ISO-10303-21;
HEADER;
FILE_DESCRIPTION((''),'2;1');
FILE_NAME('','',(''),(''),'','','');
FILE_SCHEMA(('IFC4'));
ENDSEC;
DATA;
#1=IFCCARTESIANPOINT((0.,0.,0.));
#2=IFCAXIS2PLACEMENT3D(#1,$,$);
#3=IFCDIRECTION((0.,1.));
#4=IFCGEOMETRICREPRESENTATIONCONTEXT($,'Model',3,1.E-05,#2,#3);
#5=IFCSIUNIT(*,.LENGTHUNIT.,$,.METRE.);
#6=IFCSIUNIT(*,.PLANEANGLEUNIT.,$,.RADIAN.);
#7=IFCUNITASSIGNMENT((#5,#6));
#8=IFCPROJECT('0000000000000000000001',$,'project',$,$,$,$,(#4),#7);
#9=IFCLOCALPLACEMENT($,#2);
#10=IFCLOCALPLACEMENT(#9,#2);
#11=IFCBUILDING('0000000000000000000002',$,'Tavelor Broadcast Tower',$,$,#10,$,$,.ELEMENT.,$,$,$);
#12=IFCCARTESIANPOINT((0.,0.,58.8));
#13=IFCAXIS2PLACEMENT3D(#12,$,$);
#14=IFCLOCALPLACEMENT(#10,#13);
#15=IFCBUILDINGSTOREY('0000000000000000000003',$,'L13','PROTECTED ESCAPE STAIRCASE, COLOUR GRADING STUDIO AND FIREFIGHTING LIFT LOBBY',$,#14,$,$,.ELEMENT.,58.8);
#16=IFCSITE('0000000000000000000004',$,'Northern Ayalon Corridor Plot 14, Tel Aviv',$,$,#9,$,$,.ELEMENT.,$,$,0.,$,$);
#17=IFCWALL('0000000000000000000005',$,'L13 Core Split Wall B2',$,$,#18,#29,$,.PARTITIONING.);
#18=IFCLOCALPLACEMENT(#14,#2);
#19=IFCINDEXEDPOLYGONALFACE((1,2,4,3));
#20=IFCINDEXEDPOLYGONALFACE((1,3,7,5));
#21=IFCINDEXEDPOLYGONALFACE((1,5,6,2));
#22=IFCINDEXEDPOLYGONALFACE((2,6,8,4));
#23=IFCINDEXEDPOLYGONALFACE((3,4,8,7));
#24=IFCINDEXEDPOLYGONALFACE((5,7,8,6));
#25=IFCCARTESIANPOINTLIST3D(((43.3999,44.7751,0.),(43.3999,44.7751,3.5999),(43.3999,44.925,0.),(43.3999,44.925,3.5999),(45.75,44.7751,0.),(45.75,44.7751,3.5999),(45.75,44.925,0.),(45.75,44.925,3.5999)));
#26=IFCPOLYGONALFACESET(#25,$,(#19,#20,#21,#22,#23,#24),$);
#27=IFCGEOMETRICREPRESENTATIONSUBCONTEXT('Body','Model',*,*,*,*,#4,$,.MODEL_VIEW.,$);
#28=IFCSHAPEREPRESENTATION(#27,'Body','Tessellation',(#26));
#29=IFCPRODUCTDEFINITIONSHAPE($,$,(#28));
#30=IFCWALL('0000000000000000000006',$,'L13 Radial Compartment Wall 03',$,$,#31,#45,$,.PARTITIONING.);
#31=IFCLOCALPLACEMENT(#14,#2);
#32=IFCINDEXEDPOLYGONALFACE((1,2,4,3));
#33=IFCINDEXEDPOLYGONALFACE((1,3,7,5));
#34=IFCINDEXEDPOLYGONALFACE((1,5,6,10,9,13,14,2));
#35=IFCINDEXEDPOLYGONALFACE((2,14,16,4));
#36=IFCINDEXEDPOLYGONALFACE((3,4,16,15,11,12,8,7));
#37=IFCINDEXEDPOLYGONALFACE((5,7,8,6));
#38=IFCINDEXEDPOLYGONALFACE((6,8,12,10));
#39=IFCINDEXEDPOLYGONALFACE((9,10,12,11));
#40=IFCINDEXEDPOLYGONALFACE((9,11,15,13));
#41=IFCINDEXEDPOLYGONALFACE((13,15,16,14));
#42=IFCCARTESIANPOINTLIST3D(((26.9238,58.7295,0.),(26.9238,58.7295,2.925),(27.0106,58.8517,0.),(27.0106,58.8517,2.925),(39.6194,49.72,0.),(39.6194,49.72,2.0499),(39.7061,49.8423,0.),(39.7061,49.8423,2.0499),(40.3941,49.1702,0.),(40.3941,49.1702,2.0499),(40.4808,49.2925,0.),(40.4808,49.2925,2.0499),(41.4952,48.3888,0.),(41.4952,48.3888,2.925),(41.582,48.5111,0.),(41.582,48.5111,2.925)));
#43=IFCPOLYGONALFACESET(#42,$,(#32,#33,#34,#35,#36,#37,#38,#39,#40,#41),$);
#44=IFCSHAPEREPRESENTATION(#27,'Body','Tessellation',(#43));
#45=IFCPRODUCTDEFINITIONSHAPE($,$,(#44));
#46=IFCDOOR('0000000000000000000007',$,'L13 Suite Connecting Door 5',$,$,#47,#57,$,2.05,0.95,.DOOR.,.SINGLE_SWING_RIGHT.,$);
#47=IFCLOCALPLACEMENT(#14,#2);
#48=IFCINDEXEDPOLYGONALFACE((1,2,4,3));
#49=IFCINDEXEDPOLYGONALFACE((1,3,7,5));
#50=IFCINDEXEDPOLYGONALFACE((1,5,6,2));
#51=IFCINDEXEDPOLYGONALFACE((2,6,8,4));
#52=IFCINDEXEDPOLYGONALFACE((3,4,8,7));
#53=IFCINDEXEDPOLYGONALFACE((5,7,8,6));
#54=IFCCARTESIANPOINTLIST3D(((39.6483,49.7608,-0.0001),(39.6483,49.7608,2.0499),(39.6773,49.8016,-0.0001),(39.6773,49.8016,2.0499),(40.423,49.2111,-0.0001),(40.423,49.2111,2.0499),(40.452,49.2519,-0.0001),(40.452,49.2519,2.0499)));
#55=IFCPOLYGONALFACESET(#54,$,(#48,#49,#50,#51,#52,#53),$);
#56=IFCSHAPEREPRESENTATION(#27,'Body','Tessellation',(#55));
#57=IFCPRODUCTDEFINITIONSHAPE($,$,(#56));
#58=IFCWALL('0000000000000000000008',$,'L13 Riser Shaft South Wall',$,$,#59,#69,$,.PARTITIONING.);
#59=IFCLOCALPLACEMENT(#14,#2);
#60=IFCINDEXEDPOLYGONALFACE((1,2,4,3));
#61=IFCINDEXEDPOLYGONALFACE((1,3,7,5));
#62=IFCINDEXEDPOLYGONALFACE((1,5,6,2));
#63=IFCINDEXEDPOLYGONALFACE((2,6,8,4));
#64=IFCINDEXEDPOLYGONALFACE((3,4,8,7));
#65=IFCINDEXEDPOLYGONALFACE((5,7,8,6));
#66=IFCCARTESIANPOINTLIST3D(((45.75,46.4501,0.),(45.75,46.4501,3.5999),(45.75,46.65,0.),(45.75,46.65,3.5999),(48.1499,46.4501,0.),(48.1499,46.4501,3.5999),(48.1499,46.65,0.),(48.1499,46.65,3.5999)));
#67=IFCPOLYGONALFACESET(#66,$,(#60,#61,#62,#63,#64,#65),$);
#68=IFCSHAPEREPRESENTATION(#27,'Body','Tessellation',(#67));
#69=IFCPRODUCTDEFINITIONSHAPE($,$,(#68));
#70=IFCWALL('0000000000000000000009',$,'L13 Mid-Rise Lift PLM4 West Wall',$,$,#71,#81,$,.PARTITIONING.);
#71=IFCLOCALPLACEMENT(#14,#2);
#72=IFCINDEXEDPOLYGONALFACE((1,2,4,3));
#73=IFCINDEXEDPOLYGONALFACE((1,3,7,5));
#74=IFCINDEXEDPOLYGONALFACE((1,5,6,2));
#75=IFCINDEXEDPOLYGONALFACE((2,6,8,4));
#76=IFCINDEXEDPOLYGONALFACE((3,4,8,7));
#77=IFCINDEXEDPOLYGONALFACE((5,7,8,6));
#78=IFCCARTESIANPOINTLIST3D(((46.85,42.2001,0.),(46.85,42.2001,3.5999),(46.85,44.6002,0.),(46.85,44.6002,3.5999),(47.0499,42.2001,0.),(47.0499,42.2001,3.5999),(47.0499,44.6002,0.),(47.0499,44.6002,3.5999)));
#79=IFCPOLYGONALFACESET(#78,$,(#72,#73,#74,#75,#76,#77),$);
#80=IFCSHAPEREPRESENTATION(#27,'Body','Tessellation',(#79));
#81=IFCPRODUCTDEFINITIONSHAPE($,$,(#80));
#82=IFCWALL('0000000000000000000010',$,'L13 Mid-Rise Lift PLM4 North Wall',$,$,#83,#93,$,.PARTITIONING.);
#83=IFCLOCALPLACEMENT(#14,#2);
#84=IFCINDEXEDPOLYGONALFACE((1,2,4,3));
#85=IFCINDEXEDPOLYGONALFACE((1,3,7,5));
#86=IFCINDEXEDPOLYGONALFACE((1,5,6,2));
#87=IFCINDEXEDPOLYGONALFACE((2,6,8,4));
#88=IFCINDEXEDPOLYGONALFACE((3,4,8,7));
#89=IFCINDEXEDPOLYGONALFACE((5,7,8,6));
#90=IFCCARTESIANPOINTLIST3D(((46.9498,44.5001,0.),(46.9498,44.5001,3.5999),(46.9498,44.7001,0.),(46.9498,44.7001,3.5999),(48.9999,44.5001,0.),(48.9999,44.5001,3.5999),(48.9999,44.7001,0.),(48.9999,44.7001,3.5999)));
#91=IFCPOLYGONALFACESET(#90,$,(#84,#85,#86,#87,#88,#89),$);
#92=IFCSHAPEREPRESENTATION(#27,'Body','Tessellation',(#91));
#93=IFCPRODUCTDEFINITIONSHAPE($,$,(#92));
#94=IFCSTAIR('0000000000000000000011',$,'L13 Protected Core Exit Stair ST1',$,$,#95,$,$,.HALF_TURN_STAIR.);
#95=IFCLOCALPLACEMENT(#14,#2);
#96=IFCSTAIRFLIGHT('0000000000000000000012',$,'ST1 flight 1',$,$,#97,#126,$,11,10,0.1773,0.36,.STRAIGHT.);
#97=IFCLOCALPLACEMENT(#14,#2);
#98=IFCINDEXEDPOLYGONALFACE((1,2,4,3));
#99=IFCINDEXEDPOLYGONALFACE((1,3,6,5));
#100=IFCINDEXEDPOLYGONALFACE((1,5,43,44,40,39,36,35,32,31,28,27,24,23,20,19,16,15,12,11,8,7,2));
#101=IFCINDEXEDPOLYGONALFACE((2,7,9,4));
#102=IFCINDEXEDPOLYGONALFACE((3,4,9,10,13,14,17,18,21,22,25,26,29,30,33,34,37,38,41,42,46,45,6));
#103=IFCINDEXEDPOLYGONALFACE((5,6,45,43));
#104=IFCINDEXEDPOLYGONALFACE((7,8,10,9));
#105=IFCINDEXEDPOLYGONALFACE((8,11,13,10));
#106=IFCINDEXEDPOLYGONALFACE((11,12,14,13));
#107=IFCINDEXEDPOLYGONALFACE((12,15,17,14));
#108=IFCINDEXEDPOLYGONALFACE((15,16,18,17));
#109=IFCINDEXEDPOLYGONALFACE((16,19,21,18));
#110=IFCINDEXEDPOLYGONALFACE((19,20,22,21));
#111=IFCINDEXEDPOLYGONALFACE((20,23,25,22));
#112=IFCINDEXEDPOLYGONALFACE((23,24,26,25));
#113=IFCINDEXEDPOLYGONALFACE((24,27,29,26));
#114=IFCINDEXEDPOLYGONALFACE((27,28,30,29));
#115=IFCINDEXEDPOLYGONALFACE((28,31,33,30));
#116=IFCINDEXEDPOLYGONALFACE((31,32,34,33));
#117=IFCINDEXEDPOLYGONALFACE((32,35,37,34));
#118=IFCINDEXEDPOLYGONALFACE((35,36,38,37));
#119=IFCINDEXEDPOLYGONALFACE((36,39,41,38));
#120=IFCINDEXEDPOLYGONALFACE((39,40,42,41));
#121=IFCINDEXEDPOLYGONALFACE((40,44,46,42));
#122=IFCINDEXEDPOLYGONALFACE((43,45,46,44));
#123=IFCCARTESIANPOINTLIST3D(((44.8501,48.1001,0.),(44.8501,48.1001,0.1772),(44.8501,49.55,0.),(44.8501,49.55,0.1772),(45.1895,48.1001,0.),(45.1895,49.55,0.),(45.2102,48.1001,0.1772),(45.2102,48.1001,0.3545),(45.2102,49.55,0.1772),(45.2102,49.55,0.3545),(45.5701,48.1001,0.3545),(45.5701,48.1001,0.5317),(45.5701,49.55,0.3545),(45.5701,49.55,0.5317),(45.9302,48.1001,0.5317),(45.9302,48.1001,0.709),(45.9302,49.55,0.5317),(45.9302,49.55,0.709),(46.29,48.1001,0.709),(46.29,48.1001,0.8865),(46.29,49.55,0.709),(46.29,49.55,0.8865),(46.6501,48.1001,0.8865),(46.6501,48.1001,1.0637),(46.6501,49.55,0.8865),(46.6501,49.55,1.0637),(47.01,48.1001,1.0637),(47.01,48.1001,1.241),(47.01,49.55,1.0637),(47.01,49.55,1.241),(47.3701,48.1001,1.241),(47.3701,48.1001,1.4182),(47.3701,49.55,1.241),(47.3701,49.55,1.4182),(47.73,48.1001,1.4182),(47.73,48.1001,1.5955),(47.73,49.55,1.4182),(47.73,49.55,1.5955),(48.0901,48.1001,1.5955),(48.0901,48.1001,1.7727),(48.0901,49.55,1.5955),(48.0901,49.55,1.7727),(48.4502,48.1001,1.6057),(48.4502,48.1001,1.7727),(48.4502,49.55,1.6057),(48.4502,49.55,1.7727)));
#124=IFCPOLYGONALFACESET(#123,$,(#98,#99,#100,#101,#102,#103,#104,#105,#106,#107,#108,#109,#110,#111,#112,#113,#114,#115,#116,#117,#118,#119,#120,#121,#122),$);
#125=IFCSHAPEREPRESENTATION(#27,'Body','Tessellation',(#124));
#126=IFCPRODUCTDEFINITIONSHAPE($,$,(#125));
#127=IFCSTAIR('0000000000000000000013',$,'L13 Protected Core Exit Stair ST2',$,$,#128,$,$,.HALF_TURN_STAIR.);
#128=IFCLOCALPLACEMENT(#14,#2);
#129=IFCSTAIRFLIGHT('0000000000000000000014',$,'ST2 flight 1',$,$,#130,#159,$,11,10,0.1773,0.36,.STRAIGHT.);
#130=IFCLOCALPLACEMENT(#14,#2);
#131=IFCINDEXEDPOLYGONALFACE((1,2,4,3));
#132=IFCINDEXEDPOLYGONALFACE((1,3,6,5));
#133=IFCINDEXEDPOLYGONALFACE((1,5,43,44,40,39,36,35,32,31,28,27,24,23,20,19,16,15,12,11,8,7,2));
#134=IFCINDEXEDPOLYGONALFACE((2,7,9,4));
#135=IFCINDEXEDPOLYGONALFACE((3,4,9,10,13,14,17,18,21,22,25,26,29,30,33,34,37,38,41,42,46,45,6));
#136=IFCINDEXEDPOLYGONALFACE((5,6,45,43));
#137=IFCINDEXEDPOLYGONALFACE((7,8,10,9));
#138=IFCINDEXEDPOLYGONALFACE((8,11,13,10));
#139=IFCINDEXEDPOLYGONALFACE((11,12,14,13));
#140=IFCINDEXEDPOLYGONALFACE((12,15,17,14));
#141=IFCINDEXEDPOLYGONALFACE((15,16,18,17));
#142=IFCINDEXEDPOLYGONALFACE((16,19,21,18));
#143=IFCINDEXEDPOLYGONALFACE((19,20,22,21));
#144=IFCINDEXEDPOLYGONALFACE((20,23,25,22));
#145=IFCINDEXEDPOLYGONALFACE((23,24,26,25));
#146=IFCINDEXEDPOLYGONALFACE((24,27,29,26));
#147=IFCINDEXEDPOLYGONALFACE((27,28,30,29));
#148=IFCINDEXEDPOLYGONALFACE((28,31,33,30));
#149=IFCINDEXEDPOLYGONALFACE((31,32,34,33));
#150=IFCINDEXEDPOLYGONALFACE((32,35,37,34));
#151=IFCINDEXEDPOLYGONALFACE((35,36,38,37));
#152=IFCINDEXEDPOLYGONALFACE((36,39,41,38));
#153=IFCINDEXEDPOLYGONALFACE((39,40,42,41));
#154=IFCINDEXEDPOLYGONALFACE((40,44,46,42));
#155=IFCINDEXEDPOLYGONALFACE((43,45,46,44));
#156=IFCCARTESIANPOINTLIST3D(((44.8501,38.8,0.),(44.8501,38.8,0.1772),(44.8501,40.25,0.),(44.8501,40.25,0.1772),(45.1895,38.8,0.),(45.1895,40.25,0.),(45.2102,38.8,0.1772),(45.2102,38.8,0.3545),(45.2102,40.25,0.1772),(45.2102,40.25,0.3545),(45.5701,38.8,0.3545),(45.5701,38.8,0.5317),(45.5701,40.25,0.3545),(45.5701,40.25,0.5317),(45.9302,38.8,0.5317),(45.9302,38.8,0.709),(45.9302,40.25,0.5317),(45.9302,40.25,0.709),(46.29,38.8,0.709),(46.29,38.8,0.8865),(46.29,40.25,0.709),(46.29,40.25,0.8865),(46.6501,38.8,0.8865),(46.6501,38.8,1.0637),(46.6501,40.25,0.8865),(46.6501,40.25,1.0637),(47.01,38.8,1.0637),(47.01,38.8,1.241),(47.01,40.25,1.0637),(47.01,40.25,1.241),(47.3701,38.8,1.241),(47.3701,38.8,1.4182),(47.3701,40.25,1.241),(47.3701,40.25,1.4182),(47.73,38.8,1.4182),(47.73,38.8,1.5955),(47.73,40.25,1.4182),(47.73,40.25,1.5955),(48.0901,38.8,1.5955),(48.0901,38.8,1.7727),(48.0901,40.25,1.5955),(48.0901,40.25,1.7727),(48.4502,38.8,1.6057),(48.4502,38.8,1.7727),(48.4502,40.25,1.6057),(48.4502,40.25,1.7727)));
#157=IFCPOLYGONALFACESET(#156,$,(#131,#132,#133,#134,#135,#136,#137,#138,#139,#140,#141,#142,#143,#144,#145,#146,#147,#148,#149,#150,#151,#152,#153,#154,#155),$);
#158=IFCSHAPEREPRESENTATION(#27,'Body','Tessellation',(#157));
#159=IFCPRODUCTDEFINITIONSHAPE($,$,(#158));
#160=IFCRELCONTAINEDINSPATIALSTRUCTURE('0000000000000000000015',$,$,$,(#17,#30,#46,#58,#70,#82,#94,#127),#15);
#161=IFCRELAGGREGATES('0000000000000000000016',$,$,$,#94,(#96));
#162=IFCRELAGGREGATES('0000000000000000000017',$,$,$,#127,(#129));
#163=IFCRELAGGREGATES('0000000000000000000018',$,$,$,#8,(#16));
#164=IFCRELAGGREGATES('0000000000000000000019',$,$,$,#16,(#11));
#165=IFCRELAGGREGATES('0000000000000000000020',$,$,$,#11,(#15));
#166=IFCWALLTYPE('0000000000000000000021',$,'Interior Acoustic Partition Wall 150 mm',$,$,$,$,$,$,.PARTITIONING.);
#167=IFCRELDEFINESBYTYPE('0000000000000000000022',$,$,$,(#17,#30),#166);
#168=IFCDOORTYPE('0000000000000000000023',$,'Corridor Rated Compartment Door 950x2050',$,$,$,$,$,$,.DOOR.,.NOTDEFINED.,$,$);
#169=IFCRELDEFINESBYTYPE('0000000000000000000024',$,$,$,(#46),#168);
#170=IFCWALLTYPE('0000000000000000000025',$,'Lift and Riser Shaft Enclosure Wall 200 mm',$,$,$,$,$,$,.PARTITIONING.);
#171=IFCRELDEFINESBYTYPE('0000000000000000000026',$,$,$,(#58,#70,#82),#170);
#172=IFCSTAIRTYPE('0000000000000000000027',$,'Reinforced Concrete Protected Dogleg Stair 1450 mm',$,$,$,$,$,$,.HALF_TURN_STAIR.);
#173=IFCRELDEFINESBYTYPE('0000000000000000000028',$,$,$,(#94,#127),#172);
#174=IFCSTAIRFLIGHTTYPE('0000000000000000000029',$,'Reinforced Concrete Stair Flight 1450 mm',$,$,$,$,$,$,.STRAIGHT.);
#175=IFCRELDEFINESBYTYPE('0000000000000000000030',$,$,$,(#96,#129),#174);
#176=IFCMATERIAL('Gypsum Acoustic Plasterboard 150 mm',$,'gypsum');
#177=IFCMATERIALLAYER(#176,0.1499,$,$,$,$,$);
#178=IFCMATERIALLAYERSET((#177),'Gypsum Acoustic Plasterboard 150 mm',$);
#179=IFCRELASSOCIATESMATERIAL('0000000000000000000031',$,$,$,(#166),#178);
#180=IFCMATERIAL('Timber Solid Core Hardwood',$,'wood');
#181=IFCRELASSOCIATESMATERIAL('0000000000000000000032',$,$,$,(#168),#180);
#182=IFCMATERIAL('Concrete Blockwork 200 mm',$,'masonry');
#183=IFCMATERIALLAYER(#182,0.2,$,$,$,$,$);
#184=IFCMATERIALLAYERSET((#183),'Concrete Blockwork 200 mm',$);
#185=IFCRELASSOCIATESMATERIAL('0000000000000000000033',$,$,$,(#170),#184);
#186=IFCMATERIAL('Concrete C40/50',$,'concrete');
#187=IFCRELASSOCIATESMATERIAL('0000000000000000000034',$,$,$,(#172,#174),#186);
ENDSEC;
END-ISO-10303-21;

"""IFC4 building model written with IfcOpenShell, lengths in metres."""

from ifc_helpers import new_model, si_unit, direction, frame, frame_2d, origin, place, context, subcontext, project, spatial, polyline, rectangle, outline, extrude, material, layer, layer_set, type_object, element, fill, aggregate, save


model = new_model("IFC4")

# Units and contexts
model_context = context("Model", 3, precision=1e-05, world=origin(), true_north=direction((0.0, 1.0)))
body_context = subcontext(model_context, "Body", "Model", "MODEL_VIEW")
ifc_project = project(units=[si_unit("LENGTHUNIT", "METRE"), si_unit("PLANEANGLEUNIT", "RADIAN")], contexts=[model_context])

# Site, building, storey
site_placement = place(None, origin())
site = spatial("IfcSite", under=ifc_project, at=site_placement, Name="Northern Ayalon Corridor Plot 14, Tel Aviv", CompositionType="ELEMENT", RefElevation=0.0)
building_placement = place(site_placement, origin())
building = spatial("IfcBuilding", under=site, at=building_placement, Name="Tavelor Broadcast Tower", CompositionType="ELEMENT")
storey_placement = place(building_placement, frame((0.0, 0.0, 58.8)))
storey = spatial("IfcBuildingStorey", under=building, at=storey_placement, Name="L13", Description="PROTECTED ESCAPE STAIRCASE, COLOUR GRADING STUDIO AND FIREFIGHTING LIFT LOBBY", CompositionType="ELEMENT", Elevation=58.8)

# Shared definitions
ifc_material_1 = material(Name="Concrete C40/50", Category="concrete")

# Shared definitions
ifc_material_2 = material(Name="Timber Solid Core Hardwood", Category="wood")

# Wall
ifc_material_3 = material(Name="Gypsum Acoustic Plasterboard 150 mm", Category="gypsum")
ifc_layer_1 = layer(ifc_material_3, 0.1499)
ifc_layer_set_1 = layer_set([ifc_layer_1], Name="Gypsum Acoustic Plasterboard 150 mm")
wall_type_1 = type_object("IfcWallType", Name="Interior Acoustic Partition Wall 150 mm", PredefinedType="PARTITIONING", material=ifc_layer_set_1)
for number, where, z_axis, x_axis, name in (
    (1, (43.3999, 44.8501, 0.0), (0.0, 0.0, 1.0), (1.0, 0.0, 0.0), "L13 Core Split Wall B2"),
):
    element("IfcWall", number, at=place(storey_placement, frame(where, z_axis=z_axis, x_axis=x_axis)), inside=storey, type_object=wall_type_1, Name=name, PredefinedType="PARTITIONING", context=body_context, shape_type="SweptSolid", body=[
        extrude(rectangle(XDim=2.3501, YDim=0.1499, at=frame_2d((1.175, 0.0))), origin(), (0.0, 0.0, 1.0), 3.5999),
    ])

# Wall, opening, door
wall_1_placement = place(storey_placement, frame((41.5386, 48.45, 0.0), z_axis=(0.0, 0.0, 1.0), x_axis=(-0.815516, 0.578734, 0.0)))
wall_1 = element("IfcWall", 2, at=wall_1_placement, inside=storey, type_object=wall_type_1, Name="L13 Radial Compartment Wall 03", PredefinedType="PARTITIONING", context=body_context, shape_type="SweptSolid", body=[
    extrude(rectangle(XDim=17.8677, YDim=0.1499, at=frame_2d((8.9338, 0.0))), origin(), (0.0, 0.0, 1.0), 2.925),
])
opening_1_placement = place(wall_1_placement, frame((1.3501, 0.0, 0.0)))
opening_1 = element("IfcOpeningElement", 3, at=opening_1_placement, cuts=wall_1, PredefinedType="OPENING", context=body_context, shape_type="SweptSolid", body=[
    extrude(rectangle(XDim=0.95, YDim=2.05, at=frame_2d((0.4751, 1.0249))), frame((0.0, 0.085, 0.0), z_axis=(0.0, -1.0, 0.0), x_axis=(1.0, 0.0, 0.0)), (0.0, 0.0, 1.0), 0.1699),
])
door_type_1 = type_object("IfcDoorType", Name="Corridor Rated Compartment Door 950x2050", OperationType="NOTDEFINED", PredefinedType="DOOR", material=ifc_material_2)
door_1_placement = place(opening_1_placement, origin())
door_1 = element("IfcDoor", 4, at=door_1_placement, inside=storey, type_object=door_type_1, Name="L13 Suite Connecting Door 5", OperationType="SINGLE_SWING_RIGHT", OverallHeight=2.05, OverallWidth=0.95, PredefinedType="DOOR", context=body_context, shape_type="SweptSolid", body=[
    extrude(rectangle(XDim=0.95, YDim=2.05, at=frame_2d((0.4751, 1.0249))), frame((0.0, 0.0249, 0.0), z_axis=(0.0, -1.0, 0.0), x_axis=(1.0, 0.0, 0.0)), (0.0, 0.0, 1.0), 0.05),
])
fill(opening_1, door_1)

# Walls
ifc_material_4 = material(Name="Concrete Blockwork 200 mm", Category="masonry")
ifc_layer_2 = layer(ifc_material_4, 0.2)
ifc_layer_set_2 = layer_set([ifc_layer_2], Name="Concrete Blockwork 200 mm")
wall_type_2 = type_object("IfcWallType", Name="Lift and Riser Shaft Enclosure Wall 200 mm", PredefinedType="PARTITIONING", material=ifc_layer_set_2)
wall_2_placement = place(storey_placement, frame((45.75, 46.55, 0.0), z_axis=(0.0, 0.0, 1.0), x_axis=(1.0, 0.0, 0.0)))
element("IfcWall", 5, at=wall_2_placement, inside=storey, type_object=wall_type_2, Name="L13 Riser Shaft South Wall", PredefinedType="PARTITIONING", context=body_context, shape_type="SweptSolid", body=[
    extrude(rectangle(XDim=2.3999, YDim=0.2, at=frame_2d((1.2, 0.0))), origin(), (0.0, 0.0, 1.0), 3.5999),
])
wall_3_placement = place(storey_placement, frame((46.95, 42.2, 0.0), z_axis=(0.0, 0.0, 1.0), x_axis=(0.0, 1.0, 0.0)))
element("IfcWall", 6, at=wall_3_placement, inside=storey, type_object=wall_type_2, Name="L13 Mid-Rise Lift PLM4 West Wall", PredefinedType="PARTITIONING", context=body_context, shape_type="SweptSolid", body=[
    extrude(rectangle(XDim=2.4001, YDim=0.2, at=frame_2d((1.2002, 0.0))), origin(), (0.0, 0.0, 1.0), 3.5999),
])
wall_4_placement = place(storey_placement, frame((46.95, 44.6001, 0.0), z_axis=(0.0, 0.0, 1.0), x_axis=(1.0, 0.0, 0.0)))
element("IfcWall", 7, at=wall_4_placement, inside=storey, type_object=wall_type_2, Name="L13 Mid-Rise Lift PLM4 North Wall", PredefinedType="PARTITIONING", context=body_context, shape_type="SweptSolid", body=[
    extrude(rectangle(XDim=2.05, YDim=0.2, at=frame_2d((1.0249, 0.0))), origin(), (0.0, 0.0, 1.0), 3.5999),
])

# Stairs, stair flights
stair_type = type_object("IfcStairType", Name="Reinforced Concrete Protected Dogleg Stair 1450 mm", PredefinedType="HALF_TURN_STAIR", material=ifc_material_1)
stair_1_placement = place(storey_placement, origin())
stair_1 = element("IfcStair", 8, at=stair_1_placement, inside=storey, type_object=stair_type, Name="L13 Protected Core Exit Stair ST1", PredefinedType="HALF_TURN_STAIR")
stair_flight_type = type_object("IfcStairFlightType", Name="Reinforced Concrete Stair Flight 1450 mm", PredefinedType="STRAIGHT", material=ifc_material_1)
stair_flight_1_placement = place(storey_placement, frame((44.8501, 48.825, 0.0), z_axis=(0.0, 0.0, 1.0), x_axis=(1.0, 0.0, 0.0)))
stair_flight_1 = element("IfcStairFlight", 9, at=stair_flight_1_placement, type_object=stair_flight_type, Name="ST1 flight 1", NumberOfRisers=11, NumberOfTreads=10, PredefinedType="STRAIGHT", RiserHeight=0.1773, TreadLength=0.36, context=body_context, shape_type="SweptSolid", body=[
    extrude(outline(polyline([(0.0, 0.0), (0.0, 0.1772), (0.3601, 0.1772), (0.3601, 0.3545), (0.72, 0.3545), (0.72, 0.5317), (1.0801, 0.5317), (1.0801, 0.709), (1.4399, 0.709), (1.4399, 0.8865), (1.8, 0.8865), (1.8, 1.0637), (2.1599, 1.0637), (2.1599, 1.241), (2.52, 1.241), (2.52, 1.4182), (2.8799, 1.4182), (2.8799, 1.5955), (3.24, 1.5955), (3.24, 1.7727), (3.6001, 1.7727), (3.6001, 1.95), (3.6001, 1.6057), (0.3394, 0.0), (0.0, 0.0)])), frame((0.0, 0.7251, 0.0), z_axis=(0.0, -1.0, 0.0), x_axis=(1.0, 0.0, 0.0)), (0.0, 0.0, 1.0), 1.45),
])
aggregate(stair_1, [stair_flight_1])
stair_2_placement = place(storey_placement, origin())
stair_2 = element("IfcStair", 10, at=stair_2_placement, inside=storey, type_object=stair_type, Name="L13 Protected Core Exit Stair ST2", PredefinedType="HALF_TURN_STAIR")
stair_flight_2_placement = place(storey_placement, frame((44.8501, 39.5249, 0.0), z_axis=(0.0, 0.0, 1.0), x_axis=(1.0, 0.0, 0.0)))
stair_flight_2 = element("IfcStairFlight", 11, at=stair_flight_2_placement, type_object=stair_flight_type, Name="ST2 flight 1", NumberOfRisers=11, NumberOfTreads=10, PredefinedType="STRAIGHT", RiserHeight=0.1773, TreadLength=0.36, context=body_context, shape_type="SweptSolid", body=[
    extrude(outline(polyline([(0.0, 0.0), (0.0, 0.1772), (0.3601, 0.1772), (0.3601, 0.3545), (0.72, 0.3545), (0.72, 0.5317), (1.0801, 0.5317), (1.0801, 0.709), (1.4399, 0.709), (1.4399, 0.8865), (1.8, 0.8865), (1.8, 1.0637), (2.1599, 1.0637), (2.1599, 1.241), (2.52, 1.241), (2.52, 1.4182), (2.8799, 1.4182), (2.8799, 1.5955), (3.24, 1.5955), (3.24, 1.7727), (3.6001, 1.7727), (3.6001, 1.95), (3.6001, 1.6057), (0.3394, 0.0), (0.0, 0.0)])), frame((0.0, 0.7251, 0.0), z_axis=(0.0, -1.0, 0.0), x_axis=(1.0, 0.0, 0.0)), (0.0, 0.0, 1.0), 1.45),
])
aggregate(stair_2, [stair_flight_2])

save(model, "model.ifc")
